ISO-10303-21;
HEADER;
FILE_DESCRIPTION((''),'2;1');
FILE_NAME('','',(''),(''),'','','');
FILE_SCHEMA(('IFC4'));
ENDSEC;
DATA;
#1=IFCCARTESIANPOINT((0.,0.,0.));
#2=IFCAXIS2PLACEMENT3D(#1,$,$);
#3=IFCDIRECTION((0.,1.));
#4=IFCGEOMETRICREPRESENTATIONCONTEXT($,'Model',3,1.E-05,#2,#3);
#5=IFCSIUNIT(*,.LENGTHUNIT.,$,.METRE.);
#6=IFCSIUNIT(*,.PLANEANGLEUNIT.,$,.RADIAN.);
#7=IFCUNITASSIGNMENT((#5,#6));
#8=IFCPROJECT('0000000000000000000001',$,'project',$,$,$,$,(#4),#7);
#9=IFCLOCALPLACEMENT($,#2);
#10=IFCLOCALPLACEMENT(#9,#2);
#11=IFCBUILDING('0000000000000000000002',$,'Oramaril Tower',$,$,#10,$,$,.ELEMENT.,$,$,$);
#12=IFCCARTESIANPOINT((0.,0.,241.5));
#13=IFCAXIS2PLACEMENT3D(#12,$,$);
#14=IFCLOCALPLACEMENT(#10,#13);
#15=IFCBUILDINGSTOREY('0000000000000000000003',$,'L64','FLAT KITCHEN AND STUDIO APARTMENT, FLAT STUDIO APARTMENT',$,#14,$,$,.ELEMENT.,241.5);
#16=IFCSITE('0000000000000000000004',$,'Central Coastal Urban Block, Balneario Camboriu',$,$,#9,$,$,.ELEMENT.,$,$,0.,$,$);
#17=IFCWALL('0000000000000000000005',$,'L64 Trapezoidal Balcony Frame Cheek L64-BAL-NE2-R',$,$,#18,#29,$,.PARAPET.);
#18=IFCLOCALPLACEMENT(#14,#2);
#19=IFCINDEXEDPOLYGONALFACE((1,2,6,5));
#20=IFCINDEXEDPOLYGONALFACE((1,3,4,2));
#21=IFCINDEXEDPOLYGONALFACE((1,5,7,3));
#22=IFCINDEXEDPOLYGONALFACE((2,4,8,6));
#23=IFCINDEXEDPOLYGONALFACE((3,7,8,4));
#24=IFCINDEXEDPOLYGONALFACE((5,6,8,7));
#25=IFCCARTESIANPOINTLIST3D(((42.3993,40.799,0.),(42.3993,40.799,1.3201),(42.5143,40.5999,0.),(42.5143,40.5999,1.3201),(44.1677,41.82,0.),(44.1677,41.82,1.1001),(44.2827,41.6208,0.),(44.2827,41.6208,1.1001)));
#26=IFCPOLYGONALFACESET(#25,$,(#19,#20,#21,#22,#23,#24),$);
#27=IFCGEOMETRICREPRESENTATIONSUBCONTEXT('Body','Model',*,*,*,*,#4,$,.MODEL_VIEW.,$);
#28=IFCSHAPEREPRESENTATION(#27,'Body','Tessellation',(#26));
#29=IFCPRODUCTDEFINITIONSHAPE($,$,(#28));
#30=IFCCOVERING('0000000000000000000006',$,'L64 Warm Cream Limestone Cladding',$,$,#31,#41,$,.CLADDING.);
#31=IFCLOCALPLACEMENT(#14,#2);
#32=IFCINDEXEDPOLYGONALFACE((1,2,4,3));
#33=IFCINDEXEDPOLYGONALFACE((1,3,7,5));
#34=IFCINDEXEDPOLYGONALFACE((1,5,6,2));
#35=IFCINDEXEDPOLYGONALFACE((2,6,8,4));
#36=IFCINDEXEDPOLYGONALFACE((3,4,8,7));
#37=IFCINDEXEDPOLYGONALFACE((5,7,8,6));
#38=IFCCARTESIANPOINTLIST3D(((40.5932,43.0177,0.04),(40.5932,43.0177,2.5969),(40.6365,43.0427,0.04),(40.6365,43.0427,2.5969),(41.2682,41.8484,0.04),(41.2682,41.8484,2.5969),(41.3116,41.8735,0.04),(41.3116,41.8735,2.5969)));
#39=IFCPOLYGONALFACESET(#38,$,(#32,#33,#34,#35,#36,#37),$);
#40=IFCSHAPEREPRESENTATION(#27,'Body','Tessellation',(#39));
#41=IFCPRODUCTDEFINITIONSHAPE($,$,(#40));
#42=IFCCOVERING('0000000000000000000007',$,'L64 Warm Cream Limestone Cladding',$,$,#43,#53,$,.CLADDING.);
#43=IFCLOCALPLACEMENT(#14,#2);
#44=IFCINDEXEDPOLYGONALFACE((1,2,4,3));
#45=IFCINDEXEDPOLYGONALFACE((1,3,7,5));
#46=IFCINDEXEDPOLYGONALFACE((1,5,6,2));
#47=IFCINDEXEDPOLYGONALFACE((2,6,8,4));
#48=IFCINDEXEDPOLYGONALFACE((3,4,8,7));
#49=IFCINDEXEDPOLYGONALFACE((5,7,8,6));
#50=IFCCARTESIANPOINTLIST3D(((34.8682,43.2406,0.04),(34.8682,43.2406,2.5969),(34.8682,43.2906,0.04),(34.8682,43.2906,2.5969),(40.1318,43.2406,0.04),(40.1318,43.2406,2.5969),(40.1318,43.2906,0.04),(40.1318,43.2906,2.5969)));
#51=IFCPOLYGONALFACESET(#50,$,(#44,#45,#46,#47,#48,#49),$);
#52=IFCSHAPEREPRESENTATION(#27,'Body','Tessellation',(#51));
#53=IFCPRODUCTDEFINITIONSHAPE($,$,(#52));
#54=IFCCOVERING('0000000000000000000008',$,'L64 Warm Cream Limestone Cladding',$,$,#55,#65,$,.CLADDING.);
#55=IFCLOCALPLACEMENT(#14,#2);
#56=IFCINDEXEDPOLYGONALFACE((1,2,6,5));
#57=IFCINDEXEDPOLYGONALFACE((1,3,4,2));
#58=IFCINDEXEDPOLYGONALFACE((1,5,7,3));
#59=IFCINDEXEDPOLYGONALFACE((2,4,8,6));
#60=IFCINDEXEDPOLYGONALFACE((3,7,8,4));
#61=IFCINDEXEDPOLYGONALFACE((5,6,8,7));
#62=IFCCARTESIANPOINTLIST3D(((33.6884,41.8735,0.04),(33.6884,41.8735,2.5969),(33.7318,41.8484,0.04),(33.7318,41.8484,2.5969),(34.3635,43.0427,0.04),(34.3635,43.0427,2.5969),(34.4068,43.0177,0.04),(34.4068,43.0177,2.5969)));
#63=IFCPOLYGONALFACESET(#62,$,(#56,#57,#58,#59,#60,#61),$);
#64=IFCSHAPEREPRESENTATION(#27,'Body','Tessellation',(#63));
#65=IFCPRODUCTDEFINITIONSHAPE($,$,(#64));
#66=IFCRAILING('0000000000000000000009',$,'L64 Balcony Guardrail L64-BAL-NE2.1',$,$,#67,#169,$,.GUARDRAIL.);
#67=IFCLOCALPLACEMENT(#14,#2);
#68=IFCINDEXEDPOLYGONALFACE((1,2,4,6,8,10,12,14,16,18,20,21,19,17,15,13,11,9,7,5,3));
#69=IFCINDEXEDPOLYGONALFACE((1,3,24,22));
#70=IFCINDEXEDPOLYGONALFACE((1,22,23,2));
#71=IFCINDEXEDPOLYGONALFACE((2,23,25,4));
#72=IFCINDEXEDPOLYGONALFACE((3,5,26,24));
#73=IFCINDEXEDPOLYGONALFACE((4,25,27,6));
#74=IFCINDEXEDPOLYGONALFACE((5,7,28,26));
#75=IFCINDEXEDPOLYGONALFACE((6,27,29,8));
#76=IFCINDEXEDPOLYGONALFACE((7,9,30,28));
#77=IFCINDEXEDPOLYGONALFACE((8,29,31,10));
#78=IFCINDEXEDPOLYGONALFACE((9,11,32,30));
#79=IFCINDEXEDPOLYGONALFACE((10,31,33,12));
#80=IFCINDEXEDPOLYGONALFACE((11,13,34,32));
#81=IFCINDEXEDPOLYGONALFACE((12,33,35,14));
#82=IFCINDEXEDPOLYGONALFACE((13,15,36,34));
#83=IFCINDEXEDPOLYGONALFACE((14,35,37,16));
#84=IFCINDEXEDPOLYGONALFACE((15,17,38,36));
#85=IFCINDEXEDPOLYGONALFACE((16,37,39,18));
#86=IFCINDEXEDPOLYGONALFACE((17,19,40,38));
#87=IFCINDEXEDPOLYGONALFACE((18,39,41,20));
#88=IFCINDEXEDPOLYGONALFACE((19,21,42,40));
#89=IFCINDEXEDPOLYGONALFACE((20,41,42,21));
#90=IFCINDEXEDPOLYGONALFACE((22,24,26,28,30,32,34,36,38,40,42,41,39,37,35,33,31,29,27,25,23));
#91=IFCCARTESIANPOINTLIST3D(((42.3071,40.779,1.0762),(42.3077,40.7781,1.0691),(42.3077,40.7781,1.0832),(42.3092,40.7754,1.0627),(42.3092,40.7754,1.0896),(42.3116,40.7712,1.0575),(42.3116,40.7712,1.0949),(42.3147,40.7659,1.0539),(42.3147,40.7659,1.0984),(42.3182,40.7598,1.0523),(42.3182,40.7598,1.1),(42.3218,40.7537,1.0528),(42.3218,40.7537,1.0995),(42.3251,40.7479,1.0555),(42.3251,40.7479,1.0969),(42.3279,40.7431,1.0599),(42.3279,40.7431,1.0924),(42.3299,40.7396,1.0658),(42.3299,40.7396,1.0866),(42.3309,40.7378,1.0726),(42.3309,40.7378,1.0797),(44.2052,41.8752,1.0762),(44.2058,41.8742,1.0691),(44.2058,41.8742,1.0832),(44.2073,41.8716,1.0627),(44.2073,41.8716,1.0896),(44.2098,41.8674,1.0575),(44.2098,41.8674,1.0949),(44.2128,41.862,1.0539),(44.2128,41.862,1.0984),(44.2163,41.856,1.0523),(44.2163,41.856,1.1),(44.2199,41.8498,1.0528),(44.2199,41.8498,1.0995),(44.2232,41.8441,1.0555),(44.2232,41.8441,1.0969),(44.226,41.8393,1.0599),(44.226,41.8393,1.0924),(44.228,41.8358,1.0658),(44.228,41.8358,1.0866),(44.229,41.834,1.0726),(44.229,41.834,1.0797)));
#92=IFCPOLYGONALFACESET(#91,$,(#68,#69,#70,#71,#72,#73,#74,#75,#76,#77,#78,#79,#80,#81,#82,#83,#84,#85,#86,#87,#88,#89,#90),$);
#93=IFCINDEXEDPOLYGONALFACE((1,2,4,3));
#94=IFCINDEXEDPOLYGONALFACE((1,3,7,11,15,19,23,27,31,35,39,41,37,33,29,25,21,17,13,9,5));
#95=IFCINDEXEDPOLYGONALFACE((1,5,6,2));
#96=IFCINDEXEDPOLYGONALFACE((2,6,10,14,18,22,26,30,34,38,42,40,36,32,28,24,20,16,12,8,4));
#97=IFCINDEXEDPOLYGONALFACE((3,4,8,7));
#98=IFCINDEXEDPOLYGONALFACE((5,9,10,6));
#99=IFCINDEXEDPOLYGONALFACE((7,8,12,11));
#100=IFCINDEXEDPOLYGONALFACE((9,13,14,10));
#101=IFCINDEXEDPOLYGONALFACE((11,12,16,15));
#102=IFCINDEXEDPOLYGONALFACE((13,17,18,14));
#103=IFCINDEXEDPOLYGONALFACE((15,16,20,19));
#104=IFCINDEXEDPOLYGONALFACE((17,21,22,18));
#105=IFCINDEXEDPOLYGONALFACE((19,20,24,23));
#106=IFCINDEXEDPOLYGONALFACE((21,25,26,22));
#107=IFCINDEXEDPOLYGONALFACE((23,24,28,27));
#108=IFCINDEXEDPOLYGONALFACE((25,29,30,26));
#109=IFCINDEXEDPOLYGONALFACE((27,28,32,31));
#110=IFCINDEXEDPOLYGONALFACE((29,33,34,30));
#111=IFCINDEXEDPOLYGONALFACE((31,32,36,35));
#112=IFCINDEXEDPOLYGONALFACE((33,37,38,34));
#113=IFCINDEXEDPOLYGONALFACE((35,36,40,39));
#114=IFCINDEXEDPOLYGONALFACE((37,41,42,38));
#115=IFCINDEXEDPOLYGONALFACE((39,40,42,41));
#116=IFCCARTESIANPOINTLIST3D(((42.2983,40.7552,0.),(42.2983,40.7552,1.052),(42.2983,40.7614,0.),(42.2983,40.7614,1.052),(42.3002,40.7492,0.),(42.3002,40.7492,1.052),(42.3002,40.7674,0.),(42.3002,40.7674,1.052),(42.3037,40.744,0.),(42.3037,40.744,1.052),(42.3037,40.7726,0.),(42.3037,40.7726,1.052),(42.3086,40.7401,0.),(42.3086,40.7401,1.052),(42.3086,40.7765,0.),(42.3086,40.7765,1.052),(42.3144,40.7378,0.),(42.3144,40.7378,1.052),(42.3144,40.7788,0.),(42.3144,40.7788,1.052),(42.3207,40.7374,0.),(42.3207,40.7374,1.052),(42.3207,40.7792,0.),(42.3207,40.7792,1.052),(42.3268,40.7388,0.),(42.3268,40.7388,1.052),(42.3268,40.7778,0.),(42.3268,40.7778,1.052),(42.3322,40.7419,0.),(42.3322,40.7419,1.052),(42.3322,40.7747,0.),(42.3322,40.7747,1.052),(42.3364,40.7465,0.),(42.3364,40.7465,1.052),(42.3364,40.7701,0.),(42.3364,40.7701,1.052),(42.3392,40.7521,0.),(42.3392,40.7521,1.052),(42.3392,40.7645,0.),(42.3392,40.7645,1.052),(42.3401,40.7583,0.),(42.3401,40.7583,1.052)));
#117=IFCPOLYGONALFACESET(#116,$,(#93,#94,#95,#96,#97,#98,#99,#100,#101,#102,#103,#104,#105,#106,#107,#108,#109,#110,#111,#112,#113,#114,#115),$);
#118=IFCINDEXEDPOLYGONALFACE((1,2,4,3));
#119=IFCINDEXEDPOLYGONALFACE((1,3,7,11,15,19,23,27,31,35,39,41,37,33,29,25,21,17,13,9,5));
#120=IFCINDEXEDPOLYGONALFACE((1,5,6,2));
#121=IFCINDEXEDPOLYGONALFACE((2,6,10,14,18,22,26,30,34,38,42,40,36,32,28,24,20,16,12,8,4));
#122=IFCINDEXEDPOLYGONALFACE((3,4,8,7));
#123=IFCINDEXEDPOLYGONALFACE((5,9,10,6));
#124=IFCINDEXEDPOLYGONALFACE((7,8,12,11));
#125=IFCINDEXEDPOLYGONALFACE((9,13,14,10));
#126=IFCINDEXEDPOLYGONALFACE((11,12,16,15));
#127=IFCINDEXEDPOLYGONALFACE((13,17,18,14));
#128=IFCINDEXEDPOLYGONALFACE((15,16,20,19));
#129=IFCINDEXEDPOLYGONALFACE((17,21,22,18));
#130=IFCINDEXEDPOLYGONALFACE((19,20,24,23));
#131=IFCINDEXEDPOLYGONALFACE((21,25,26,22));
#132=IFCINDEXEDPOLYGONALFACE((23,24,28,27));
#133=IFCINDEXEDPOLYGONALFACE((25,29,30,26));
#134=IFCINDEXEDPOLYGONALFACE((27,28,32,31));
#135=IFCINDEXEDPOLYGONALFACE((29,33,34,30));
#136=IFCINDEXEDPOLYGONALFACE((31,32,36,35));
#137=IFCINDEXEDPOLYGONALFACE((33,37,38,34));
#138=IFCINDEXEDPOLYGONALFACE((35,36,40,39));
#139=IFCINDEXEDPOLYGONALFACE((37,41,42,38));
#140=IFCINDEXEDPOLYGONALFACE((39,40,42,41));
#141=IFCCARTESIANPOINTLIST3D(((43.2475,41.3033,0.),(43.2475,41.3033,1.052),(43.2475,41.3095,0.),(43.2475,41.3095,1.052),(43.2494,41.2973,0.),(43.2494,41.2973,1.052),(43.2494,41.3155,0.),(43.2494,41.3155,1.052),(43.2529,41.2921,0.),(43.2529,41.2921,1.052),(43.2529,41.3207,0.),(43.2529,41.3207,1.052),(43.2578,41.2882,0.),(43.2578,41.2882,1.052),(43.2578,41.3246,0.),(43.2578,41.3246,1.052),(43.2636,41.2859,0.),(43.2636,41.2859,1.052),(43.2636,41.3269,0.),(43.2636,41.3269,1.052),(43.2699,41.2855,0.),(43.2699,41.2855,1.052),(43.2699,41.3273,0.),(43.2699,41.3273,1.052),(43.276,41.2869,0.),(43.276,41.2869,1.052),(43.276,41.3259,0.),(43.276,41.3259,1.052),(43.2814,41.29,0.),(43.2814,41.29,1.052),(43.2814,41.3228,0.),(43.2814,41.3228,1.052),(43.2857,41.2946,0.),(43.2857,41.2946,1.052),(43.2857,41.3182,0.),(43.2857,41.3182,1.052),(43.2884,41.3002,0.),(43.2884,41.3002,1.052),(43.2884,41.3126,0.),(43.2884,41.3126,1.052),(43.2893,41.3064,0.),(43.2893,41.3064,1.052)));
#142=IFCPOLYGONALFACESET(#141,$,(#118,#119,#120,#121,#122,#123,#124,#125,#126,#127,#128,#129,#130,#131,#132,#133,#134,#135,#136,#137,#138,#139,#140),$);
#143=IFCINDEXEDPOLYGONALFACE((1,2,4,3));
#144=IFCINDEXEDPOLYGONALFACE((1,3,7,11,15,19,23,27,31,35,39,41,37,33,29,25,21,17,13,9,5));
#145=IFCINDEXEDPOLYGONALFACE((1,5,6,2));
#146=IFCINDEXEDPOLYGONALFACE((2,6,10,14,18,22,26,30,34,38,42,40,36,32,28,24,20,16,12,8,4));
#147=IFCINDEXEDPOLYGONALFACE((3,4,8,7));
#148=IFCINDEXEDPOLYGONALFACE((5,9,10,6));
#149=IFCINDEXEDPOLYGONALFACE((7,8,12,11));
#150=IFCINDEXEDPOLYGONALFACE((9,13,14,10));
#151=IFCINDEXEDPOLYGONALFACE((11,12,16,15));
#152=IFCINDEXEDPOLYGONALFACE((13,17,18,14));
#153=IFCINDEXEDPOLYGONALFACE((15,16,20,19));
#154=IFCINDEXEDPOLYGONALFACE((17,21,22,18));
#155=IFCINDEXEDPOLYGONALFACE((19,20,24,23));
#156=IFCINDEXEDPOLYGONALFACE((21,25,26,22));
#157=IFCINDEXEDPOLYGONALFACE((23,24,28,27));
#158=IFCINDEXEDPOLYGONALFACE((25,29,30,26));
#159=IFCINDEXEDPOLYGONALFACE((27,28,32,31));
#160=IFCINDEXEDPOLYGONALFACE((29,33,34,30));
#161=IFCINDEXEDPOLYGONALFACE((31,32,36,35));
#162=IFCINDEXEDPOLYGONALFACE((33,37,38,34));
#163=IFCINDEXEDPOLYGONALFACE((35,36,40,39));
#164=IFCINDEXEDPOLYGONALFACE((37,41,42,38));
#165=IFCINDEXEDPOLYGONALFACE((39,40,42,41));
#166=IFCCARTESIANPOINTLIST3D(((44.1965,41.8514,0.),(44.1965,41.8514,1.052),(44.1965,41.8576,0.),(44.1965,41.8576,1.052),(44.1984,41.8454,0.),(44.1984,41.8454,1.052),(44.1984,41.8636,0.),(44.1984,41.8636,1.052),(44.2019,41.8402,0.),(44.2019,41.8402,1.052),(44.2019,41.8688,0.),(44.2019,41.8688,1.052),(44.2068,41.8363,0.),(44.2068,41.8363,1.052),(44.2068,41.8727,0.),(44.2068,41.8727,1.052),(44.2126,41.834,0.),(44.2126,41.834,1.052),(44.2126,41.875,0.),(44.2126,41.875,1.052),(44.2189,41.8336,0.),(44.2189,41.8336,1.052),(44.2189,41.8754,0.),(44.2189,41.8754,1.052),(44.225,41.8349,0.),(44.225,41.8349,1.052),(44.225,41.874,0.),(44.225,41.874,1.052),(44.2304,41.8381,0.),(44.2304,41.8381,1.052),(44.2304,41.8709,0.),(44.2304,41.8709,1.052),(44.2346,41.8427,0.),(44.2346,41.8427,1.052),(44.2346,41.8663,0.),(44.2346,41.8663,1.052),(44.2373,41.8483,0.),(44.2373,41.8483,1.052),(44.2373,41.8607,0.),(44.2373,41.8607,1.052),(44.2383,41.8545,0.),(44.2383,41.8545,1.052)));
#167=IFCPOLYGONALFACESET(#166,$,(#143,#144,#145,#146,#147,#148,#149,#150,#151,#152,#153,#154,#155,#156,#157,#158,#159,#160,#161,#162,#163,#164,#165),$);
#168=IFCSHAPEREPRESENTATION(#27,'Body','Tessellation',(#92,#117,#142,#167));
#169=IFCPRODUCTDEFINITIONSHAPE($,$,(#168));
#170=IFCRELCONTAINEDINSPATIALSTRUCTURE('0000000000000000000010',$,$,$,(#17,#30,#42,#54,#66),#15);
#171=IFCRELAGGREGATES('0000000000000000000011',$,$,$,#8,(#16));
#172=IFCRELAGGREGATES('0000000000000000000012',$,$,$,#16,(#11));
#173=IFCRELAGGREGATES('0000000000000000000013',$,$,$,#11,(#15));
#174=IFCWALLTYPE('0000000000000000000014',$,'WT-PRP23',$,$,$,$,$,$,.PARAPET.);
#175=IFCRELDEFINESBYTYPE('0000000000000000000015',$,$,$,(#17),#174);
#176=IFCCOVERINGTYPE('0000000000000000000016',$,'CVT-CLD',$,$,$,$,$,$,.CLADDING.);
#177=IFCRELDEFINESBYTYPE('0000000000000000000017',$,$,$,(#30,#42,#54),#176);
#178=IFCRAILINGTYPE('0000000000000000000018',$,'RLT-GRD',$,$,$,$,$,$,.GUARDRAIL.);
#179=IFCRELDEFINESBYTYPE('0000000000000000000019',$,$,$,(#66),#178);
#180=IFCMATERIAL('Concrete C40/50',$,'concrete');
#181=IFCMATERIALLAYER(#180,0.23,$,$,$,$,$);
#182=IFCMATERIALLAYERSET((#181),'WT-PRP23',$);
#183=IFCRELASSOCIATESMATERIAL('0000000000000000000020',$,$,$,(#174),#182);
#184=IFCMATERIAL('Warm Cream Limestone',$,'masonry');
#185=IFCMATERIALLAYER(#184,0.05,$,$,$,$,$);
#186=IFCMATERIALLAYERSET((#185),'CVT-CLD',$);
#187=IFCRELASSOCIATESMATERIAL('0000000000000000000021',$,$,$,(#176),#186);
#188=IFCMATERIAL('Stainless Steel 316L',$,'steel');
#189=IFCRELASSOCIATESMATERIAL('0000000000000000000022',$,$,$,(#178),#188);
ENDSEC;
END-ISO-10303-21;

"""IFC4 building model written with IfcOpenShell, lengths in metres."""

from ifc_helpers import new_model, si_unit, direction, frame, origin, origin_2d, place, context, subcontext, project, spatial, polyline, rectangle, circle, outline, extrude, material, layer, layer_set, type_object, element, save


model = new_model("IFC4")

# Units and contexts
model_context = context("Model", 3, precision=1e-05, world=origin(), true_north=direction((0.0, 1.0)))
body_context = subcontext(model_context, "Body", "Model", "MODEL_VIEW")
ifc_project = project(units=[si_unit("LENGTHUNIT", "METRE"), si_unit("PLANEANGLEUNIT", "RADIAN")], contexts=[model_context])

# Site, building, storey
site_placement = place(None, origin())
site = spatial("IfcSite", under=ifc_project, at=site_placement, Name="Central Coastal Urban Block, Balneario Camboriu", CompositionType="ELEMENT", RefElevation=0.0)
building_placement = place(site_placement, origin())
building = spatial("IfcBuilding", under=site, at=building_placement, Name="Oramaril Tower", CompositionType="ELEMENT")
storey_placement = place(building_placement, frame((0.0, 0.0, 241.5)))
storey = spatial("IfcBuildingStorey", under=building, at=storey_placement, Name="L64", Description="FLAT KITCHEN AND STUDIO APARTMENT, FLAT STUDIO APARTMENT", CompositionType="ELEMENT", Elevation=241.5)

# Wall
ifc_material_1 = material(Name="Concrete C40/50", Category="concrete")
ifc_layer_1 = layer(ifc_material_1, 0.23)
ifc_layer_set_1 = layer_set([ifc_layer_1], Name="WT-PRP23")
wall_type_1 = type_object("IfcWallType", Name="WT-PRP23", PredefinedType="PARAPET", material=ifc_layer_set_1)
wall_1_placement = place(storey_placement, frame((42.4568, 40.6995, 0.0), z_axis=(0.0, 0.0, 1.0), x_axis=(0.866042, 0.499971, 0.0)))
element("IfcWall", 1, at=wall_1_placement, inside=storey, type_object=wall_type_1, Name="L64 Trapezoidal Balcony Frame Cheek L64-BAL-NE2-R", PredefinedType="PARAPET", context=body_context, shape_type="SweptSolid", body=[
    extrude(outline(polyline([(0.0, 0.0), (2.042, 0.0), (2.042, 1.1001), (0.0, 1.3201), (0.0, 0.0)])), frame((0.0, 0.115, 0.0), z_axis=(0.0, -1.0, 0.0), x_axis=(1.0, 0.0, 0.0)), (0.0, 0.0, 1.0), 0.23),
])

# Coverings
ifc_material_2 = material(Name="Warm Cream Limestone", Category="masonry")
ifc_layer_2 = layer(ifc_material_2, 0.05)
ifc_layer_set_2 = layer_set([ifc_layer_2], Name="CVT-CLD")
covering_type = type_object("IfcCoveringType", Name="CVT-CLD", PredefinedType="CLADDING", material=ifc_layer_set_2)
covering_1_placement = place(storey_placement, frame((40.9524, 42.4456, 0.04), z_axis=(0.0, 0.0, 1.0), x_axis=(-0.499998, 0.866026, 0.0)))
element("IfcCovering", 2, at=covering_1_placement, inside=storey, type_object=covering_type, Name="L64 Warm Cream Limestone Cladding", PredefinedType="CLADDING", context=body_context, shape_type="SweptSolid", body=[
    extrude(rectangle(XDim=1.3501, YDim=0.05, at=origin_2d()), origin(), (0.0, 0.0, 1.0), 2.5569),
])
covering_2_placement = place(storey_placement, frame((37.5, 43.2656, 0.04), z_axis=(0.0, 0.0, 1.0), x_axis=(-1.0, 0.0, 0.0)))
element("IfcCovering", 3, at=covering_2_placement, inside=storey, type_object=covering_type, Name="L64 Warm Cream Limestone Cladding", PredefinedType="CLADDING", context=body_context, shape_type="SweptSolid", body=[
    extrude(rectangle(XDim=5.2637, YDim=0.05, at=origin_2d()), origin(), (0.0, 0.0, 1.0), 2.5569),
])
covering_3_placement = place(storey_placement, frame((34.0476, 42.4456, 0.04), z_axis=(0.0, 0.0, 1.0), x_axis=(-0.499998, -0.866026, 0.0)))
element("IfcCovering", 4, at=covering_3_placement, inside=storey, type_object=covering_type, Name="L64 Warm Cream Limestone Cladding", PredefinedType="CLADDING", context=body_context, shape_type="SweptSolid", body=[
    extrude(rectangle(XDim=1.3501, YDim=0.05, at=origin_2d()), origin(), (0.0, 0.0, 1.0), 2.5569),
])

# Railing
ifc_material_3 = material(Name="Stainless Steel 316L", Category="steel")
railing_type = type_object("IfcRailingType", Name="RLT-GRD", PredefinedType="GUARDRAIL", material=ifc_material_3)
railing_1_placement = place(storey_placement, frame((42.3191, 40.7583, 0.0)))
element("IfcRailing", 5, at=railing_1_placement, inside=storey, type_object=railing_type, Name="L64 Balcony Guardrail L64-BAL-NE2.1", PredefinedType="GUARDRAIL", context=body_context, shape_type="SweptSolid", body=[
    extrude(circle(Radius=0.0239, at=origin_2d()), frame((0.0, 0.0, 1.0762), z_axis=(0.865972, 0.500092, 0.0), x_axis=(-0.500092, 0.865972, 0.0)), (0.0, 0.0, 1.0), 2.1919),
    extrude(circle(Radius=0.021, at=origin_2d()), origin(), (0.0, 0.0, 1.0), 1.052),
    extrude(circle(Radius=0.021, at=origin_2d()), frame((0.9492, 0.5481, 0.0)), (0.0, 0.0, 1.0), 1.052),
    extrude(circle(Radius=0.021, at=origin_2d()), frame((1.8982, 1.0962, 0.0)), (0.0, 0.0, 1.0), 1.052),
])

save(model, "model.ifc")
